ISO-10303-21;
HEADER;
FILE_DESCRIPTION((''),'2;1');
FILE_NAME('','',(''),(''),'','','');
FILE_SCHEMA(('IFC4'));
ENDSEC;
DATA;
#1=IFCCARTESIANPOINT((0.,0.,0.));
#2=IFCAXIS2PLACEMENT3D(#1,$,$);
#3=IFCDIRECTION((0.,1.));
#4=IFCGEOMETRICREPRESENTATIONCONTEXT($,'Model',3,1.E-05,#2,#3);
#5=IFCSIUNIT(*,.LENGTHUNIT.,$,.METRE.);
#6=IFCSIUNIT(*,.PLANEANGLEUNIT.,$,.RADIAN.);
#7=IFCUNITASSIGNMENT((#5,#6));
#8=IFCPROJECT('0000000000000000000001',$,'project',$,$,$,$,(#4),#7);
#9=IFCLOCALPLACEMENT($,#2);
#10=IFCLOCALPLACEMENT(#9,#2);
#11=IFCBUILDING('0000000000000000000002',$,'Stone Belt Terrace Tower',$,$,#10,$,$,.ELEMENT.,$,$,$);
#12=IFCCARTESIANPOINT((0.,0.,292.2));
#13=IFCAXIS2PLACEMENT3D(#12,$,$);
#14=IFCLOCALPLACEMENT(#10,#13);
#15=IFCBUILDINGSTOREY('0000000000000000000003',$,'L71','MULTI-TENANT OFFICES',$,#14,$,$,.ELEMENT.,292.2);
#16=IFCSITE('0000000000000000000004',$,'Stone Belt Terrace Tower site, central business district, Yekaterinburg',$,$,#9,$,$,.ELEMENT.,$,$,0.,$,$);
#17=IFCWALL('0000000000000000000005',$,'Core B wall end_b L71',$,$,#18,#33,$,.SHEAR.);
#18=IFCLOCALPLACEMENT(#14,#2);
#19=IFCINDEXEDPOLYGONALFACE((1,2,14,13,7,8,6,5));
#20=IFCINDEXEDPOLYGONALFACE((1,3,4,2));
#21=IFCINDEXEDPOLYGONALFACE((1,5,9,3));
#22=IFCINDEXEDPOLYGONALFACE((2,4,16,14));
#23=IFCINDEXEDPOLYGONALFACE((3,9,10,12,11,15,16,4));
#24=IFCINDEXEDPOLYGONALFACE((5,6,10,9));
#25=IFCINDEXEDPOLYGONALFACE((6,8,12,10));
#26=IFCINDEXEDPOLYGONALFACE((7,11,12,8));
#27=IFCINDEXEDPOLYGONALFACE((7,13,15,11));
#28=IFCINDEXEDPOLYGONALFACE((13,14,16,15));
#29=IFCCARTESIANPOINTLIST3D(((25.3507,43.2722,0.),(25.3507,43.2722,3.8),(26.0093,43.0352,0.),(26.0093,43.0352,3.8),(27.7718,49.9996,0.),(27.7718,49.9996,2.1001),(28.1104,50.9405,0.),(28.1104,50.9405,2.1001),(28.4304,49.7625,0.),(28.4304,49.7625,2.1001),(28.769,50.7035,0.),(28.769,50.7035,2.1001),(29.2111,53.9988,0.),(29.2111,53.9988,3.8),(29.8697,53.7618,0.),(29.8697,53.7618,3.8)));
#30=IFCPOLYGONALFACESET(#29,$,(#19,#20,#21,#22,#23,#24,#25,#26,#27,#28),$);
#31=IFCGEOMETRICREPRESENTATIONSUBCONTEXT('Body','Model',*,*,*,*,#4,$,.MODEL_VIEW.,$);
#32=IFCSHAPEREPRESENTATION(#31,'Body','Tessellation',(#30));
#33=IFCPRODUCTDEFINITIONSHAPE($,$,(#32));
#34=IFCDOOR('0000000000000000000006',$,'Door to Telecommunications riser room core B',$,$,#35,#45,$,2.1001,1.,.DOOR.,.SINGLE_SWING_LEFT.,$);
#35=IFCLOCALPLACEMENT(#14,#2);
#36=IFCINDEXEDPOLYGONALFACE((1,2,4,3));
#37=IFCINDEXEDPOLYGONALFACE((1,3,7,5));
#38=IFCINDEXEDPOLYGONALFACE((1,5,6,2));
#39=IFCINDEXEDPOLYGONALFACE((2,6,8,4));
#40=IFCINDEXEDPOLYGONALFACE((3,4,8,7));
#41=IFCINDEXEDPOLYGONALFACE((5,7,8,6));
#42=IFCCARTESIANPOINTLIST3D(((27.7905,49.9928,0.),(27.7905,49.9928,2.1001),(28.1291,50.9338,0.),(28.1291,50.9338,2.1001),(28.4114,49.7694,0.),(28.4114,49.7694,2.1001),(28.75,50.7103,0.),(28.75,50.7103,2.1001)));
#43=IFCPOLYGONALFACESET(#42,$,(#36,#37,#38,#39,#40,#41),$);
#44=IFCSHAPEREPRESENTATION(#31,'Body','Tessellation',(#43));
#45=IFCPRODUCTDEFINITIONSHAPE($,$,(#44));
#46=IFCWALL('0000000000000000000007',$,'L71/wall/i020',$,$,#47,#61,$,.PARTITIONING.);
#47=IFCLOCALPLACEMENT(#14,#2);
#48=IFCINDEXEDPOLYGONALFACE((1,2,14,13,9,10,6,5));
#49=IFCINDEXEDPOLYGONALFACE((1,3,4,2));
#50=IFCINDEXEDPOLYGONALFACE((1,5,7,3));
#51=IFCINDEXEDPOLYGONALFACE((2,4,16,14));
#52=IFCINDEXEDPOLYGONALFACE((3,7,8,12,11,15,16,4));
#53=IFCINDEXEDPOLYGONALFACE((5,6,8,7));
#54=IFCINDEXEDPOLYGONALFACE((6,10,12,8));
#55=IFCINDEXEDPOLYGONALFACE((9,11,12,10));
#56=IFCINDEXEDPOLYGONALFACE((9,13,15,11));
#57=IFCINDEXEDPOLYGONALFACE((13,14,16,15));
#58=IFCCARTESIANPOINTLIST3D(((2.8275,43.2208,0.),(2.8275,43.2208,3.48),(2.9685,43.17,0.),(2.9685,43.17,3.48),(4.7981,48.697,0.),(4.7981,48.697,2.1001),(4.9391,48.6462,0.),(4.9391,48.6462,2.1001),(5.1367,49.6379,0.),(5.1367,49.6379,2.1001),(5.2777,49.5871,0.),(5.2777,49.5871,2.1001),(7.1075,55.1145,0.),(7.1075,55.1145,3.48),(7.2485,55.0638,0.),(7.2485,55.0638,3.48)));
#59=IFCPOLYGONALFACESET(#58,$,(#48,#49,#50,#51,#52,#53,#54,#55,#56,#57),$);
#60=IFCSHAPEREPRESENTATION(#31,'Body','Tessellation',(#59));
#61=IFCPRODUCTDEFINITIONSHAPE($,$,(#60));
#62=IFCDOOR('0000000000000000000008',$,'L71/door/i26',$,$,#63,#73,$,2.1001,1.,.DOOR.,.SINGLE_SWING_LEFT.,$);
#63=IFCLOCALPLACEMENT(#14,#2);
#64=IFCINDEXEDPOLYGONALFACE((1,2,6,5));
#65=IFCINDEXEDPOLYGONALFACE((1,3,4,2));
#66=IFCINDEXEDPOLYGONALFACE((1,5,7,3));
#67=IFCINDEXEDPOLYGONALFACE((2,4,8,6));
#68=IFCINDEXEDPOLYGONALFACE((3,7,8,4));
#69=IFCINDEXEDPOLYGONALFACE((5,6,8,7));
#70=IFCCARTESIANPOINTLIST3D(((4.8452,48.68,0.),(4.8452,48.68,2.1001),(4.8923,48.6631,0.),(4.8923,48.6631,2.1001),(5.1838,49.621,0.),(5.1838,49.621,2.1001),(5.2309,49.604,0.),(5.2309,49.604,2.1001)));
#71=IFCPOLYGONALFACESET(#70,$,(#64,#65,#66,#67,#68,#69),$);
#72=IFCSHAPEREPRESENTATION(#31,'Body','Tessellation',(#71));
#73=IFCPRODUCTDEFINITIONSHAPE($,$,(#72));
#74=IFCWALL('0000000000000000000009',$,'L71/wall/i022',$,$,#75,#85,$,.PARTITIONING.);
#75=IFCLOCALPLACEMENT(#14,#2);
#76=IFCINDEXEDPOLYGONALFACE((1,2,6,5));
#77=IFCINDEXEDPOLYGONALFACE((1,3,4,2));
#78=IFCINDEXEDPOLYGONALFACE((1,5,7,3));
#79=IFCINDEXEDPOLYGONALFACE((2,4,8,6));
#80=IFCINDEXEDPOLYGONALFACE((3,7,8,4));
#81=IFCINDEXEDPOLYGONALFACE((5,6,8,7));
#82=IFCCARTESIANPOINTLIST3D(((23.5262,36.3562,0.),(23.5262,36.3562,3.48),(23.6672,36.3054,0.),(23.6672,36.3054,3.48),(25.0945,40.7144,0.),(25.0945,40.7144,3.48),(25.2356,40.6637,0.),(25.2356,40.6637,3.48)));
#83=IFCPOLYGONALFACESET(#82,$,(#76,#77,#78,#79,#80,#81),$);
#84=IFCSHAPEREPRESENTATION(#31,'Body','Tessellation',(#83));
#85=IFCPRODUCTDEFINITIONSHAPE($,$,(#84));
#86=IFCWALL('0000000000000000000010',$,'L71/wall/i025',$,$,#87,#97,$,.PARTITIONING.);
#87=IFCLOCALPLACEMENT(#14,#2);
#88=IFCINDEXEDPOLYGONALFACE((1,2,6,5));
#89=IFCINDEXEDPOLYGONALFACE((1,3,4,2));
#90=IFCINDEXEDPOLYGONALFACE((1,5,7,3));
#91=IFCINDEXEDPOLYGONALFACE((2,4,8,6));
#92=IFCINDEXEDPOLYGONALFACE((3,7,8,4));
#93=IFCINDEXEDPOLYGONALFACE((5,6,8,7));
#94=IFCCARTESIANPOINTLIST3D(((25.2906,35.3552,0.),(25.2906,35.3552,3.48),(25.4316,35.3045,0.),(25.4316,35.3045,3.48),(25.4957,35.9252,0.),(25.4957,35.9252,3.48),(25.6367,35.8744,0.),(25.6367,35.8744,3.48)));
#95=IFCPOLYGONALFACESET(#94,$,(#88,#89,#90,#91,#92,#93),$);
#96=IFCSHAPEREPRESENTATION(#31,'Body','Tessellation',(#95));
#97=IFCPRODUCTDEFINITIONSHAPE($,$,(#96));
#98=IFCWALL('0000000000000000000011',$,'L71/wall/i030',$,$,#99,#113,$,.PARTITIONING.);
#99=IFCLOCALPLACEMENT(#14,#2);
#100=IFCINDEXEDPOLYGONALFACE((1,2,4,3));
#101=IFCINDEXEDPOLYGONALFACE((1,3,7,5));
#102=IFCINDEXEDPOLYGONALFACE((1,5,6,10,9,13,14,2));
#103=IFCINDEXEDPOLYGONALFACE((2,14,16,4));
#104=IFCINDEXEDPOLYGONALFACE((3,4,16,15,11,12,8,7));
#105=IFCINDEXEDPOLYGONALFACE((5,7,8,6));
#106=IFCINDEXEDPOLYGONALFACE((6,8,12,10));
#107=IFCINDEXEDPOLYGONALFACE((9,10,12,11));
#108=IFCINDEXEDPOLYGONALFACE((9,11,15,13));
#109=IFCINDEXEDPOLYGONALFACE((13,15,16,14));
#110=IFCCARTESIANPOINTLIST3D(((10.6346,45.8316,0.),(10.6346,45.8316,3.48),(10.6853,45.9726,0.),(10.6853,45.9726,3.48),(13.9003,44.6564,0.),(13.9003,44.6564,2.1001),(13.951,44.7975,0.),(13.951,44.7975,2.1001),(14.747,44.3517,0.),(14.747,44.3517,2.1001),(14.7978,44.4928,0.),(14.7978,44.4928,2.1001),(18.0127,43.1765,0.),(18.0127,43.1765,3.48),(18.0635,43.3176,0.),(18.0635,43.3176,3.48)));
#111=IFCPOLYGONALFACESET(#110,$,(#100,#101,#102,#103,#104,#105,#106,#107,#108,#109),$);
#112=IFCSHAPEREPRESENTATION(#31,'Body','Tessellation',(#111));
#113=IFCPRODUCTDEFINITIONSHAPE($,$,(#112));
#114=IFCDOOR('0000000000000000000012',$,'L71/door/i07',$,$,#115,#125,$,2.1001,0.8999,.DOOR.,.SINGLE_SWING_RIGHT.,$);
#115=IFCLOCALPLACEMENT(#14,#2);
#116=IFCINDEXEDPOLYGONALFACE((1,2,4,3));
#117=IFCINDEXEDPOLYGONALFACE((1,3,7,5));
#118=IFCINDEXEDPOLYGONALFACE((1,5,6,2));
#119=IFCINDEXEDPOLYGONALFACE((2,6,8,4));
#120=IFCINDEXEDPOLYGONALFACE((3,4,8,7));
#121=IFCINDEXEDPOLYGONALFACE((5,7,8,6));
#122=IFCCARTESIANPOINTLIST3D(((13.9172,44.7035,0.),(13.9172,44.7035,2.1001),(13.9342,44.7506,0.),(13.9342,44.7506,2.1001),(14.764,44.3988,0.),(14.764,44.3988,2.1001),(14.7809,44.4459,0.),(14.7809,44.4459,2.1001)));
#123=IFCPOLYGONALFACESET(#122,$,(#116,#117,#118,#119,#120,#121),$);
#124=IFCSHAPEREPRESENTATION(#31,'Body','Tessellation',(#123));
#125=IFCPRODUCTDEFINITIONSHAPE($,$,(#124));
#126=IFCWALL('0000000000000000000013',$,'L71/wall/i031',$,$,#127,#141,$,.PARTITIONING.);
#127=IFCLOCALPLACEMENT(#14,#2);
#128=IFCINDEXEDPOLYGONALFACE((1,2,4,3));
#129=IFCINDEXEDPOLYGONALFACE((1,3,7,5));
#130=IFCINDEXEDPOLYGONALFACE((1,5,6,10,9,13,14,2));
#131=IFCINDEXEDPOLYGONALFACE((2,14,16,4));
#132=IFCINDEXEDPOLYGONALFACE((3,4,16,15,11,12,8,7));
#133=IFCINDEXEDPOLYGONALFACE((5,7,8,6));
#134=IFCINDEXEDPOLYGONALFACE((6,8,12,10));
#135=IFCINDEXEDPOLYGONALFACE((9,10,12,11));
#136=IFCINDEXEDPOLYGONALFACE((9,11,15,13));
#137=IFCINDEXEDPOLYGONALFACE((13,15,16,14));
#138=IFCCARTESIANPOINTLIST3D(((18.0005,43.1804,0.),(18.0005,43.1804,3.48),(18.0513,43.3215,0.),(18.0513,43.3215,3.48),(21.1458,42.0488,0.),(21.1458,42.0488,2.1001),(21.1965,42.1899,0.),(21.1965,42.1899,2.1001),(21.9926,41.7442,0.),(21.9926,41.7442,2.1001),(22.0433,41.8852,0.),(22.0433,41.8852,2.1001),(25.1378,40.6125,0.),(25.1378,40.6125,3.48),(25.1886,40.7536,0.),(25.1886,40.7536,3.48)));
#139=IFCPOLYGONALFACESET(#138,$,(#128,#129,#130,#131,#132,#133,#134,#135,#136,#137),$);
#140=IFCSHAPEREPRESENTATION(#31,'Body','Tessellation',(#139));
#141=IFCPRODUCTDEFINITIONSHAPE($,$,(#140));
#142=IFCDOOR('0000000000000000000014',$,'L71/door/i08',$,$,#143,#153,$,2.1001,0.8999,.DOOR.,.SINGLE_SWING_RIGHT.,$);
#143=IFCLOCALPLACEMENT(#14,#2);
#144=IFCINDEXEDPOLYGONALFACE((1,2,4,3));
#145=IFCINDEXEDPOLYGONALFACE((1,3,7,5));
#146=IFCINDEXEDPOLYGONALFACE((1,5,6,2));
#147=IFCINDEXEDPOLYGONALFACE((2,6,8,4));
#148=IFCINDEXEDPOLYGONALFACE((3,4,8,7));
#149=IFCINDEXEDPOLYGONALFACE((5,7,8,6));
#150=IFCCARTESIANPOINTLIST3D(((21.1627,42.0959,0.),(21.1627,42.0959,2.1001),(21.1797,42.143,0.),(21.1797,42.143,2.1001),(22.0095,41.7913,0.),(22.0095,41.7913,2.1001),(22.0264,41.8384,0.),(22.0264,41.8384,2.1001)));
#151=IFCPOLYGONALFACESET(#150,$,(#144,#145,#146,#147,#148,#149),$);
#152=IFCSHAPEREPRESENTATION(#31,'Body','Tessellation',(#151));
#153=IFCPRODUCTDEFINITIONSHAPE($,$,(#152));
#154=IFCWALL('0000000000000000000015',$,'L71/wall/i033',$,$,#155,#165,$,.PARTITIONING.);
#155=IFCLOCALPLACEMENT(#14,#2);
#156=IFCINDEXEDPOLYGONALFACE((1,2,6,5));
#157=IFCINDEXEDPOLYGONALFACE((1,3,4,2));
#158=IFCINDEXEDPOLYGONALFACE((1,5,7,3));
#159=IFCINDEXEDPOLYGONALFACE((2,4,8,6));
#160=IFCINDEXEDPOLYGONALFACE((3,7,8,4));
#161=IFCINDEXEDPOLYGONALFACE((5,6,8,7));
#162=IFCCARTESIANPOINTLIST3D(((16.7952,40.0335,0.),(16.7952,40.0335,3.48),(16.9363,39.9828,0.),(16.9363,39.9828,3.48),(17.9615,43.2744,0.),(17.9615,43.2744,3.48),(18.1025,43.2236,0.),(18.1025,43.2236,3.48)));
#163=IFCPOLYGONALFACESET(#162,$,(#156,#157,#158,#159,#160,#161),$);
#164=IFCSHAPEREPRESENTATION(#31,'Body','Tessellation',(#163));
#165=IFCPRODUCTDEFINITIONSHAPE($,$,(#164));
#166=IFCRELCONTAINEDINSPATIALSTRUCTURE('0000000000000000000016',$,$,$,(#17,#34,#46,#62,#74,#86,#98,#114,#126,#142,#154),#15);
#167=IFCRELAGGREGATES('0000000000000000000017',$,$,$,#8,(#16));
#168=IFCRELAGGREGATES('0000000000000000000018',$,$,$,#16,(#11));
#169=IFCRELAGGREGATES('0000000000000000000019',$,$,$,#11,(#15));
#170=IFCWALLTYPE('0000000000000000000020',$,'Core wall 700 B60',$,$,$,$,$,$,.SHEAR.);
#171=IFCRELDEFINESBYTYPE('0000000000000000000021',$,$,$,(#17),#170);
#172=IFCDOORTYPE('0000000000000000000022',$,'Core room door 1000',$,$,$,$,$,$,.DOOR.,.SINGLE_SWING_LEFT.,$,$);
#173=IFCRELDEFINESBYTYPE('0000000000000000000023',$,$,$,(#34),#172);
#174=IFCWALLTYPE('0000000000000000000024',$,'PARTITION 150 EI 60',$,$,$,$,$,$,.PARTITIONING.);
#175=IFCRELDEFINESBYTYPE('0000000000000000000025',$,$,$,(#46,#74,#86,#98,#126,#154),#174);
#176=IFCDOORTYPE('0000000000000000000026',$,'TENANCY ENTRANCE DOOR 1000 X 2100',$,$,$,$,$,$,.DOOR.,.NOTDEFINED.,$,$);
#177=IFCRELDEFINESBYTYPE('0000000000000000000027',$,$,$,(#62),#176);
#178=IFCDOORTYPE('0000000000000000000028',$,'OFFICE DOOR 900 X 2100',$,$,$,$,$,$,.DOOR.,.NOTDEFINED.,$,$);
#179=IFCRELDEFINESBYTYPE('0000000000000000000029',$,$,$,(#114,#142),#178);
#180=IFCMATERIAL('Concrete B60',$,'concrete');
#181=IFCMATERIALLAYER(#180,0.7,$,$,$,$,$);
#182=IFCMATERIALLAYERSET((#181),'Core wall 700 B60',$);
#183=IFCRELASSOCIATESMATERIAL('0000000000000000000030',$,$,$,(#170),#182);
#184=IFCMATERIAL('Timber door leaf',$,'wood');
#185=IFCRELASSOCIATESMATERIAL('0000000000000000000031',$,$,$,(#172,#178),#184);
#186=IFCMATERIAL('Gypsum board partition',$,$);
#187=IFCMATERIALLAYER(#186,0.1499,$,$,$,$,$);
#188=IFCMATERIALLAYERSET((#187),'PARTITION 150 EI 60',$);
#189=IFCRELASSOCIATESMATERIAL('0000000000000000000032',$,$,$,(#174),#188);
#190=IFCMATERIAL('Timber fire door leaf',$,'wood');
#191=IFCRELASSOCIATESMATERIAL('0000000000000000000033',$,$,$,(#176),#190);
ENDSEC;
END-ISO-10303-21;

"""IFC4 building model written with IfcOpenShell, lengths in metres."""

from ifc_helpers import new_model, si_unit, direction, frame, frame_2d, origin, place, context, subcontext, project, spatial, rectangle, extrude, material, layer, layer_set, type_object, element, fill, save


model = new_model("IFC4")

# Units and contexts
model_context = context("Model", 3, precision=1e-05, world=origin(), true_north=direction((0.0, 1.0)))
body_context = subcontext(model_context, "Body", "Model", "MODEL_VIEW")
ifc_project = project(units=[si_unit("LENGTHUNIT", "METRE"), si_unit("PLANEANGLEUNIT", "RADIAN")], contexts=[model_context])

# Site, building, storey
site_placement = place(None, origin())
site = spatial("IfcSite", under=ifc_project, at=site_placement, Name="Stone Belt Terrace Tower site, central business district, Yekaterinburg", CompositionType="ELEMENT", RefElevation=0.0)
building_placement = place(site_placement, origin())
building = spatial("IfcBuilding", under=site, at=building_placement, Name="Stone Belt Terrace Tower", CompositionType="ELEMENT")
storey_placement = place(building_placement, frame((0.0, 0.0, 292.2)))
storey = spatial("IfcBuildingStorey", under=building, at=storey_placement, Name="L71", Description="MULTI-TENANT OFFICES", CompositionType="ELEMENT", Elevation=292.2)

# Shared definitions
ifc_material_1 = material(Name="Concrete B60", Category="concrete")

# Walls, openings, doors
ifc_layer_1 = layer(ifc_material_1, 0.7)
ifc_layer_set_1 = layer_set([ifc_layer_1], Name="Core wall 700 B60")
wall_type_1 = type_object("IfcWallType", Name="Core wall 700 B60", PredefinedType="SHEAR", material=ifc_layer_set_1)
wall_1_placement = place(storey_placement, frame((25.6799, 43.1536, 0.0), z_axis=(0.0, 0.0, 1.0), x_axis=(0.338625, 0.940921, 0.0)))
wall_1 = element("IfcWall", 1, at=wall_1_placement, inside=storey, type_object=wall_type_1, Name="Core B wall end_b L71", PredefinedType="SHEAR", context=body_context, shape_type="SweptSolid", body=[
    extrude(rectangle(XDim=11.4001, YDim=0.7, at=frame_2d((5.7002, 0.0))), origin(), (0.0, 0.0, 1.0), 3.8),
])
opening_1_placement = place(wall_1_placement, frame((7.1499, 0.0, 0.0)))
opening_1 = element("IfcOpeningElement", 2, at=opening_1_placement, cuts=wall_1, PredefinedType="OPENING", context=body_context, shape_type="SweptSolid", body=[
    extrude(rectangle(XDim=1.0, YDim=2.1001, at=frame_2d((0.5, 1.05))), frame((0.0, 0.3599, 0.0), z_axis=(0.0, -1.0, 0.0), x_axis=(1.0, 0.0, 0.0)), (0.0, 0.0, 1.0), 0.72),
])
ifc_material_2 = material(Name="Timber door leaf", Category="wood")
door_type_1 = type_object("IfcDoorType", Name="Core room door 1000", OperationType="SINGLE_SWING_LEFT", PredefinedType="DOOR", material=ifc_material_2)
door_1_placement = place(opening_1_placement, origin())
door_1 = element("IfcDoor", 3, at=door_1_placement, inside=storey, type_object=door_type_1, Name="Door to Telecommunications riser room core B", OperationType="SINGLE_SWING_LEFT", OverallHeight=2.1001, OverallWidth=1.0, PredefinedType="DOOR", context=body_context, shape_type="SweptSolid", body=[
    extrude(rectangle(XDim=1.0, YDim=2.1001, at=frame_2d((0.5, 1.05))), frame((0.0, 0.3301, 0.0), z_axis=(0.0, -1.0, 0.0), x_axis=(1.0, 0.0, 0.0)), (0.0, 0.0, 1.0), 0.6599),
])
fill(opening_1, door_1)
ifc_material_3 = material(Name="Gypsum board partition")
ifc_layer_2 = layer(ifc_material_3, 0.1499)
ifc_layer_set_2 = layer_set([ifc_layer_2], Name="PARTITION 150 EI 60")
wall_type_2 = type_object("IfcWallType", Name="PARTITION 150 EI 60", PredefinedType="PARTITIONING", material=ifc_layer_set_2)
wall_2_placement = place(storey_placement, frame((2.8979, 43.1953, 0.0), z_axis=(0.0, 0.0, 1.0), x_axis=(0.338598, 0.940931, 0.0)))
wall_2 = element("IfcWall", 4, at=wall_2_placement, inside=storey, type_object=wall_type_2, Name="L71/wall/i020", PredefinedType="PARTITIONING", context=body_context, shape_type="SweptSolid", body=[
    extrude(rectangle(XDim=12.6404, YDim=0.1499, at=frame_2d((6.3203, 0.0))), origin(), (0.0, 0.0, 1.0), 3.48),
])
opening_2_placement = place(wall_2_placement, frame((5.8201, 0.0, 0.0)))
opening_2 = element("IfcOpeningElement", 5, at=opening_2_placement, cuts=wall_2, PredefinedType="OPENING", context=body_context, shape_type="SweptSolid", body=[
    extrude(rectangle(XDim=1.0, YDim=2.1001, at=frame_2d((0.5, 1.05))), frame((0.0, 0.085, 0.0), z_axis=(0.0, -1.0, 0.0), x_axis=(1.0, 0.0, 0.0)), (0.0, 0.0, 1.0), 0.1699),
])
ifc_material_4 = material(Name="Timber fire door leaf", Category="wood")
door_type_2 = type_object("IfcDoorType", Name="TENANCY ENTRANCE DOOR 1000 X 2100", OperationType="NOTDEFINED", PredefinedType="DOOR", material=ifc_material_4)
door_2_placement = place(opening_2_placement, origin())
door_2 = element("IfcDoor", 6, at=door_2_placement, inside=storey, type_object=door_type_2, Name="L71/door/i26", OperationType="SINGLE_SWING_LEFT", OverallHeight=2.1001, OverallWidth=1.0, PredefinedType="DOOR", context=body_context, shape_type="SweptSolid", body=[
    extrude(rectangle(XDim=1.0, YDim=2.1001, at=frame_2d((0.5, 1.05))), frame((0.0, 0.0249, 0.0), z_axis=(0.0, -1.0, 0.0), x_axis=(1.0, 0.0, 0.0)), (0.0, 0.0, 1.0), 0.05),
])
fill(opening_2, door_2)

# Walls
wall_3_placement = place(storey_placement, frame((23.5967, 36.3308, 0.0), z_axis=(0.0, 0.0, 1.0), x_axis=(0.338609, 0.940927, 0.0)))
element("IfcWall", 7, at=wall_3_placement, inside=storey, type_object=wall_type_2, Name="L71/wall/i022", PredefinedType="PARTITIONING", context=body_context, shape_type="SweptSolid", body=[
    extrude(rectangle(XDim=4.6318, YDim=0.1499, at=frame_2d((2.3159, 0.0))), origin(), (0.0, 0.0, 1.0), 3.48),
])
wall_4_placement = place(storey_placement, frame((25.5662, 35.8997, 0.0), z_axis=(0.0, 0.0, 1.0), x_axis=(-0.338634, -0.940918, 0.0)))
element("IfcWall", 8, at=wall_4_placement, inside=storey, type_object=wall_type_2, Name="L71/wall/i025", PredefinedType="PARTITIONING", context=body_context, shape_type="SweptSolid", body=[
    extrude(rectangle(XDim=0.6057, YDim=0.1499, at=frame_2d((0.3027, 0.0))), origin(), (0.0, 0.0, 1.0), 3.48),
])

# Walls, openings, doors
wall_5_placement = place(storey_placement, frame((18.0381, 43.2471, 0.0), z_axis=(0.0, 0.0, 1.0), x_axis=(-0.940933, 0.338594, 0.0)))
wall_5 = element("IfcWall", 9, at=wall_5_placement, inside=storey, type_object=wall_type_2, Name="L71/wall/i030", PredefinedType="PARTITIONING", context=body_context, shape_type="SweptSolid", body=[
    extrude(rectangle(XDim=7.8413, YDim=0.1499, at=frame_2d((3.9207, 0.0))), origin(), (0.0, 0.0, 1.0), 3.48),
])
opening_3_placement = place(wall_5_placement, frame((3.4707, 0.0, 0.0)))
opening_3 = element("IfcOpeningElement", 10, at=opening_3_placement, cuts=wall_5, PredefinedType="OPENING", context=body_context, shape_type="SweptSolid", body=[
    extrude(rectangle(XDim=0.8999, YDim=2.1001, at=frame_2d((0.45, 1.05))), frame((0.0, 0.085, 0.0), z_axis=(0.0, -1.0, 0.0), x_axis=(1.0, 0.0, 0.0)), (0.0, 0.0, 1.0), 0.1699),
])
door_type_3 = type_object("IfcDoorType", Name="OFFICE DOOR 900 X 2100", OperationType="NOTDEFINED", PredefinedType="DOOR", material=ifc_material_2)
door_3_placement = place(opening_3_placement, origin())
door_3 = element("IfcDoor", 11, at=door_3_placement, inside=storey, type_object=door_type_3, Name="L71/door/i07", OperationType="SINGLE_SWING_RIGHT", OverallHeight=2.1001, OverallWidth=0.8999, PredefinedType="DOOR", context=body_context, shape_type="SweptSolid", body=[
    extrude(rectangle(XDim=0.8999, YDim=2.1001, at=frame_2d((0.45, 1.05))), frame((0.0, 0.0249, 0.0), z_axis=(0.0, -1.0, 0.0), x_axis=(1.0, 0.0, 0.0)), (0.0, 0.0, 1.0), 0.05),
])
fill(opening_3, door_3)
wall_6_placement = place(storey_placement, frame((25.1631, 40.6831, 0.0), z_axis=(0.0, 0.0, 1.0), x_axis=(-0.940951, 0.338542, 0.0)))
wall_6 = element("IfcWall", 12, at=wall_6_placement, inside=storey, type_object=wall_type_2, Name="L71/wall/i031", PredefinedType="PARTITIONING", context=body_context, shape_type="SweptSolid", body=[
    extrude(rectangle(XDim=7.5852, YDim=0.1499, at=frame_2d((3.7925, 0.0))), origin(), (0.0, 0.0, 1.0), 3.48),
])
opening_4_placement = place(wall_6_placement, frame((3.3425, 0.0, 0.0)))
opening_4 = element("IfcOpeningElement", 13, at=opening_4_placement, cuts=wall_6, PredefinedType="OPENING", context=body_context, shape_type="SweptSolid", body=[
    extrude(rectangle(XDim=0.8999, YDim=2.1001, at=frame_2d((0.45, 1.05))), frame((0.0, 0.085, 0.0), z_axis=(0.0, -1.0, 0.0), x_axis=(1.0, 0.0, 0.0)), (0.0, 0.0, 1.0), 0.1699),
])
door_4_placement = place(opening_4_placement, origin())
door_4 = element("IfcDoor", 14, at=door_4_placement, inside=storey, type_object=door_type_3, Name="L71/door/i08", OperationType="SINGLE_SWING_RIGHT", OverallHeight=2.1001, OverallWidth=0.8999, PredefinedType="DOOR", context=body_context, shape_type="SweptSolid", body=[
    extrude(rectangle(XDim=0.8999, YDim=2.1001, at=frame_2d((0.45, 1.05))), frame((0.0, 0.0249, 0.0), z_axis=(0.0, -1.0, 0.0), x_axis=(1.0, 0.0, 0.0)), (0.0, 0.0, 1.0), 0.05),
])
fill(opening_4, door_4)

# Wall
wall_7_placement = place(storey_placement, frame((18.032, 43.249, 0.0), z_axis=(0.0, 0.0, 1.0), x_axis=(-0.338594, -0.940933, 0.0)))
element("IfcWall", 15, at=wall_7_placement, inside=storey, type_object=wall_type_2, Name="L71/wall/i033", PredefinedType="PARTITIONING", context=body_context, shape_type="SweptSolid", body=[
    extrude(rectangle(XDim=3.4443, YDim=0.1499, at=frame_2d((1.7222, 0.0))), origin(), (0.0, 0.0, 1.0), 3.48),
])

save(model, "model.ifc")
